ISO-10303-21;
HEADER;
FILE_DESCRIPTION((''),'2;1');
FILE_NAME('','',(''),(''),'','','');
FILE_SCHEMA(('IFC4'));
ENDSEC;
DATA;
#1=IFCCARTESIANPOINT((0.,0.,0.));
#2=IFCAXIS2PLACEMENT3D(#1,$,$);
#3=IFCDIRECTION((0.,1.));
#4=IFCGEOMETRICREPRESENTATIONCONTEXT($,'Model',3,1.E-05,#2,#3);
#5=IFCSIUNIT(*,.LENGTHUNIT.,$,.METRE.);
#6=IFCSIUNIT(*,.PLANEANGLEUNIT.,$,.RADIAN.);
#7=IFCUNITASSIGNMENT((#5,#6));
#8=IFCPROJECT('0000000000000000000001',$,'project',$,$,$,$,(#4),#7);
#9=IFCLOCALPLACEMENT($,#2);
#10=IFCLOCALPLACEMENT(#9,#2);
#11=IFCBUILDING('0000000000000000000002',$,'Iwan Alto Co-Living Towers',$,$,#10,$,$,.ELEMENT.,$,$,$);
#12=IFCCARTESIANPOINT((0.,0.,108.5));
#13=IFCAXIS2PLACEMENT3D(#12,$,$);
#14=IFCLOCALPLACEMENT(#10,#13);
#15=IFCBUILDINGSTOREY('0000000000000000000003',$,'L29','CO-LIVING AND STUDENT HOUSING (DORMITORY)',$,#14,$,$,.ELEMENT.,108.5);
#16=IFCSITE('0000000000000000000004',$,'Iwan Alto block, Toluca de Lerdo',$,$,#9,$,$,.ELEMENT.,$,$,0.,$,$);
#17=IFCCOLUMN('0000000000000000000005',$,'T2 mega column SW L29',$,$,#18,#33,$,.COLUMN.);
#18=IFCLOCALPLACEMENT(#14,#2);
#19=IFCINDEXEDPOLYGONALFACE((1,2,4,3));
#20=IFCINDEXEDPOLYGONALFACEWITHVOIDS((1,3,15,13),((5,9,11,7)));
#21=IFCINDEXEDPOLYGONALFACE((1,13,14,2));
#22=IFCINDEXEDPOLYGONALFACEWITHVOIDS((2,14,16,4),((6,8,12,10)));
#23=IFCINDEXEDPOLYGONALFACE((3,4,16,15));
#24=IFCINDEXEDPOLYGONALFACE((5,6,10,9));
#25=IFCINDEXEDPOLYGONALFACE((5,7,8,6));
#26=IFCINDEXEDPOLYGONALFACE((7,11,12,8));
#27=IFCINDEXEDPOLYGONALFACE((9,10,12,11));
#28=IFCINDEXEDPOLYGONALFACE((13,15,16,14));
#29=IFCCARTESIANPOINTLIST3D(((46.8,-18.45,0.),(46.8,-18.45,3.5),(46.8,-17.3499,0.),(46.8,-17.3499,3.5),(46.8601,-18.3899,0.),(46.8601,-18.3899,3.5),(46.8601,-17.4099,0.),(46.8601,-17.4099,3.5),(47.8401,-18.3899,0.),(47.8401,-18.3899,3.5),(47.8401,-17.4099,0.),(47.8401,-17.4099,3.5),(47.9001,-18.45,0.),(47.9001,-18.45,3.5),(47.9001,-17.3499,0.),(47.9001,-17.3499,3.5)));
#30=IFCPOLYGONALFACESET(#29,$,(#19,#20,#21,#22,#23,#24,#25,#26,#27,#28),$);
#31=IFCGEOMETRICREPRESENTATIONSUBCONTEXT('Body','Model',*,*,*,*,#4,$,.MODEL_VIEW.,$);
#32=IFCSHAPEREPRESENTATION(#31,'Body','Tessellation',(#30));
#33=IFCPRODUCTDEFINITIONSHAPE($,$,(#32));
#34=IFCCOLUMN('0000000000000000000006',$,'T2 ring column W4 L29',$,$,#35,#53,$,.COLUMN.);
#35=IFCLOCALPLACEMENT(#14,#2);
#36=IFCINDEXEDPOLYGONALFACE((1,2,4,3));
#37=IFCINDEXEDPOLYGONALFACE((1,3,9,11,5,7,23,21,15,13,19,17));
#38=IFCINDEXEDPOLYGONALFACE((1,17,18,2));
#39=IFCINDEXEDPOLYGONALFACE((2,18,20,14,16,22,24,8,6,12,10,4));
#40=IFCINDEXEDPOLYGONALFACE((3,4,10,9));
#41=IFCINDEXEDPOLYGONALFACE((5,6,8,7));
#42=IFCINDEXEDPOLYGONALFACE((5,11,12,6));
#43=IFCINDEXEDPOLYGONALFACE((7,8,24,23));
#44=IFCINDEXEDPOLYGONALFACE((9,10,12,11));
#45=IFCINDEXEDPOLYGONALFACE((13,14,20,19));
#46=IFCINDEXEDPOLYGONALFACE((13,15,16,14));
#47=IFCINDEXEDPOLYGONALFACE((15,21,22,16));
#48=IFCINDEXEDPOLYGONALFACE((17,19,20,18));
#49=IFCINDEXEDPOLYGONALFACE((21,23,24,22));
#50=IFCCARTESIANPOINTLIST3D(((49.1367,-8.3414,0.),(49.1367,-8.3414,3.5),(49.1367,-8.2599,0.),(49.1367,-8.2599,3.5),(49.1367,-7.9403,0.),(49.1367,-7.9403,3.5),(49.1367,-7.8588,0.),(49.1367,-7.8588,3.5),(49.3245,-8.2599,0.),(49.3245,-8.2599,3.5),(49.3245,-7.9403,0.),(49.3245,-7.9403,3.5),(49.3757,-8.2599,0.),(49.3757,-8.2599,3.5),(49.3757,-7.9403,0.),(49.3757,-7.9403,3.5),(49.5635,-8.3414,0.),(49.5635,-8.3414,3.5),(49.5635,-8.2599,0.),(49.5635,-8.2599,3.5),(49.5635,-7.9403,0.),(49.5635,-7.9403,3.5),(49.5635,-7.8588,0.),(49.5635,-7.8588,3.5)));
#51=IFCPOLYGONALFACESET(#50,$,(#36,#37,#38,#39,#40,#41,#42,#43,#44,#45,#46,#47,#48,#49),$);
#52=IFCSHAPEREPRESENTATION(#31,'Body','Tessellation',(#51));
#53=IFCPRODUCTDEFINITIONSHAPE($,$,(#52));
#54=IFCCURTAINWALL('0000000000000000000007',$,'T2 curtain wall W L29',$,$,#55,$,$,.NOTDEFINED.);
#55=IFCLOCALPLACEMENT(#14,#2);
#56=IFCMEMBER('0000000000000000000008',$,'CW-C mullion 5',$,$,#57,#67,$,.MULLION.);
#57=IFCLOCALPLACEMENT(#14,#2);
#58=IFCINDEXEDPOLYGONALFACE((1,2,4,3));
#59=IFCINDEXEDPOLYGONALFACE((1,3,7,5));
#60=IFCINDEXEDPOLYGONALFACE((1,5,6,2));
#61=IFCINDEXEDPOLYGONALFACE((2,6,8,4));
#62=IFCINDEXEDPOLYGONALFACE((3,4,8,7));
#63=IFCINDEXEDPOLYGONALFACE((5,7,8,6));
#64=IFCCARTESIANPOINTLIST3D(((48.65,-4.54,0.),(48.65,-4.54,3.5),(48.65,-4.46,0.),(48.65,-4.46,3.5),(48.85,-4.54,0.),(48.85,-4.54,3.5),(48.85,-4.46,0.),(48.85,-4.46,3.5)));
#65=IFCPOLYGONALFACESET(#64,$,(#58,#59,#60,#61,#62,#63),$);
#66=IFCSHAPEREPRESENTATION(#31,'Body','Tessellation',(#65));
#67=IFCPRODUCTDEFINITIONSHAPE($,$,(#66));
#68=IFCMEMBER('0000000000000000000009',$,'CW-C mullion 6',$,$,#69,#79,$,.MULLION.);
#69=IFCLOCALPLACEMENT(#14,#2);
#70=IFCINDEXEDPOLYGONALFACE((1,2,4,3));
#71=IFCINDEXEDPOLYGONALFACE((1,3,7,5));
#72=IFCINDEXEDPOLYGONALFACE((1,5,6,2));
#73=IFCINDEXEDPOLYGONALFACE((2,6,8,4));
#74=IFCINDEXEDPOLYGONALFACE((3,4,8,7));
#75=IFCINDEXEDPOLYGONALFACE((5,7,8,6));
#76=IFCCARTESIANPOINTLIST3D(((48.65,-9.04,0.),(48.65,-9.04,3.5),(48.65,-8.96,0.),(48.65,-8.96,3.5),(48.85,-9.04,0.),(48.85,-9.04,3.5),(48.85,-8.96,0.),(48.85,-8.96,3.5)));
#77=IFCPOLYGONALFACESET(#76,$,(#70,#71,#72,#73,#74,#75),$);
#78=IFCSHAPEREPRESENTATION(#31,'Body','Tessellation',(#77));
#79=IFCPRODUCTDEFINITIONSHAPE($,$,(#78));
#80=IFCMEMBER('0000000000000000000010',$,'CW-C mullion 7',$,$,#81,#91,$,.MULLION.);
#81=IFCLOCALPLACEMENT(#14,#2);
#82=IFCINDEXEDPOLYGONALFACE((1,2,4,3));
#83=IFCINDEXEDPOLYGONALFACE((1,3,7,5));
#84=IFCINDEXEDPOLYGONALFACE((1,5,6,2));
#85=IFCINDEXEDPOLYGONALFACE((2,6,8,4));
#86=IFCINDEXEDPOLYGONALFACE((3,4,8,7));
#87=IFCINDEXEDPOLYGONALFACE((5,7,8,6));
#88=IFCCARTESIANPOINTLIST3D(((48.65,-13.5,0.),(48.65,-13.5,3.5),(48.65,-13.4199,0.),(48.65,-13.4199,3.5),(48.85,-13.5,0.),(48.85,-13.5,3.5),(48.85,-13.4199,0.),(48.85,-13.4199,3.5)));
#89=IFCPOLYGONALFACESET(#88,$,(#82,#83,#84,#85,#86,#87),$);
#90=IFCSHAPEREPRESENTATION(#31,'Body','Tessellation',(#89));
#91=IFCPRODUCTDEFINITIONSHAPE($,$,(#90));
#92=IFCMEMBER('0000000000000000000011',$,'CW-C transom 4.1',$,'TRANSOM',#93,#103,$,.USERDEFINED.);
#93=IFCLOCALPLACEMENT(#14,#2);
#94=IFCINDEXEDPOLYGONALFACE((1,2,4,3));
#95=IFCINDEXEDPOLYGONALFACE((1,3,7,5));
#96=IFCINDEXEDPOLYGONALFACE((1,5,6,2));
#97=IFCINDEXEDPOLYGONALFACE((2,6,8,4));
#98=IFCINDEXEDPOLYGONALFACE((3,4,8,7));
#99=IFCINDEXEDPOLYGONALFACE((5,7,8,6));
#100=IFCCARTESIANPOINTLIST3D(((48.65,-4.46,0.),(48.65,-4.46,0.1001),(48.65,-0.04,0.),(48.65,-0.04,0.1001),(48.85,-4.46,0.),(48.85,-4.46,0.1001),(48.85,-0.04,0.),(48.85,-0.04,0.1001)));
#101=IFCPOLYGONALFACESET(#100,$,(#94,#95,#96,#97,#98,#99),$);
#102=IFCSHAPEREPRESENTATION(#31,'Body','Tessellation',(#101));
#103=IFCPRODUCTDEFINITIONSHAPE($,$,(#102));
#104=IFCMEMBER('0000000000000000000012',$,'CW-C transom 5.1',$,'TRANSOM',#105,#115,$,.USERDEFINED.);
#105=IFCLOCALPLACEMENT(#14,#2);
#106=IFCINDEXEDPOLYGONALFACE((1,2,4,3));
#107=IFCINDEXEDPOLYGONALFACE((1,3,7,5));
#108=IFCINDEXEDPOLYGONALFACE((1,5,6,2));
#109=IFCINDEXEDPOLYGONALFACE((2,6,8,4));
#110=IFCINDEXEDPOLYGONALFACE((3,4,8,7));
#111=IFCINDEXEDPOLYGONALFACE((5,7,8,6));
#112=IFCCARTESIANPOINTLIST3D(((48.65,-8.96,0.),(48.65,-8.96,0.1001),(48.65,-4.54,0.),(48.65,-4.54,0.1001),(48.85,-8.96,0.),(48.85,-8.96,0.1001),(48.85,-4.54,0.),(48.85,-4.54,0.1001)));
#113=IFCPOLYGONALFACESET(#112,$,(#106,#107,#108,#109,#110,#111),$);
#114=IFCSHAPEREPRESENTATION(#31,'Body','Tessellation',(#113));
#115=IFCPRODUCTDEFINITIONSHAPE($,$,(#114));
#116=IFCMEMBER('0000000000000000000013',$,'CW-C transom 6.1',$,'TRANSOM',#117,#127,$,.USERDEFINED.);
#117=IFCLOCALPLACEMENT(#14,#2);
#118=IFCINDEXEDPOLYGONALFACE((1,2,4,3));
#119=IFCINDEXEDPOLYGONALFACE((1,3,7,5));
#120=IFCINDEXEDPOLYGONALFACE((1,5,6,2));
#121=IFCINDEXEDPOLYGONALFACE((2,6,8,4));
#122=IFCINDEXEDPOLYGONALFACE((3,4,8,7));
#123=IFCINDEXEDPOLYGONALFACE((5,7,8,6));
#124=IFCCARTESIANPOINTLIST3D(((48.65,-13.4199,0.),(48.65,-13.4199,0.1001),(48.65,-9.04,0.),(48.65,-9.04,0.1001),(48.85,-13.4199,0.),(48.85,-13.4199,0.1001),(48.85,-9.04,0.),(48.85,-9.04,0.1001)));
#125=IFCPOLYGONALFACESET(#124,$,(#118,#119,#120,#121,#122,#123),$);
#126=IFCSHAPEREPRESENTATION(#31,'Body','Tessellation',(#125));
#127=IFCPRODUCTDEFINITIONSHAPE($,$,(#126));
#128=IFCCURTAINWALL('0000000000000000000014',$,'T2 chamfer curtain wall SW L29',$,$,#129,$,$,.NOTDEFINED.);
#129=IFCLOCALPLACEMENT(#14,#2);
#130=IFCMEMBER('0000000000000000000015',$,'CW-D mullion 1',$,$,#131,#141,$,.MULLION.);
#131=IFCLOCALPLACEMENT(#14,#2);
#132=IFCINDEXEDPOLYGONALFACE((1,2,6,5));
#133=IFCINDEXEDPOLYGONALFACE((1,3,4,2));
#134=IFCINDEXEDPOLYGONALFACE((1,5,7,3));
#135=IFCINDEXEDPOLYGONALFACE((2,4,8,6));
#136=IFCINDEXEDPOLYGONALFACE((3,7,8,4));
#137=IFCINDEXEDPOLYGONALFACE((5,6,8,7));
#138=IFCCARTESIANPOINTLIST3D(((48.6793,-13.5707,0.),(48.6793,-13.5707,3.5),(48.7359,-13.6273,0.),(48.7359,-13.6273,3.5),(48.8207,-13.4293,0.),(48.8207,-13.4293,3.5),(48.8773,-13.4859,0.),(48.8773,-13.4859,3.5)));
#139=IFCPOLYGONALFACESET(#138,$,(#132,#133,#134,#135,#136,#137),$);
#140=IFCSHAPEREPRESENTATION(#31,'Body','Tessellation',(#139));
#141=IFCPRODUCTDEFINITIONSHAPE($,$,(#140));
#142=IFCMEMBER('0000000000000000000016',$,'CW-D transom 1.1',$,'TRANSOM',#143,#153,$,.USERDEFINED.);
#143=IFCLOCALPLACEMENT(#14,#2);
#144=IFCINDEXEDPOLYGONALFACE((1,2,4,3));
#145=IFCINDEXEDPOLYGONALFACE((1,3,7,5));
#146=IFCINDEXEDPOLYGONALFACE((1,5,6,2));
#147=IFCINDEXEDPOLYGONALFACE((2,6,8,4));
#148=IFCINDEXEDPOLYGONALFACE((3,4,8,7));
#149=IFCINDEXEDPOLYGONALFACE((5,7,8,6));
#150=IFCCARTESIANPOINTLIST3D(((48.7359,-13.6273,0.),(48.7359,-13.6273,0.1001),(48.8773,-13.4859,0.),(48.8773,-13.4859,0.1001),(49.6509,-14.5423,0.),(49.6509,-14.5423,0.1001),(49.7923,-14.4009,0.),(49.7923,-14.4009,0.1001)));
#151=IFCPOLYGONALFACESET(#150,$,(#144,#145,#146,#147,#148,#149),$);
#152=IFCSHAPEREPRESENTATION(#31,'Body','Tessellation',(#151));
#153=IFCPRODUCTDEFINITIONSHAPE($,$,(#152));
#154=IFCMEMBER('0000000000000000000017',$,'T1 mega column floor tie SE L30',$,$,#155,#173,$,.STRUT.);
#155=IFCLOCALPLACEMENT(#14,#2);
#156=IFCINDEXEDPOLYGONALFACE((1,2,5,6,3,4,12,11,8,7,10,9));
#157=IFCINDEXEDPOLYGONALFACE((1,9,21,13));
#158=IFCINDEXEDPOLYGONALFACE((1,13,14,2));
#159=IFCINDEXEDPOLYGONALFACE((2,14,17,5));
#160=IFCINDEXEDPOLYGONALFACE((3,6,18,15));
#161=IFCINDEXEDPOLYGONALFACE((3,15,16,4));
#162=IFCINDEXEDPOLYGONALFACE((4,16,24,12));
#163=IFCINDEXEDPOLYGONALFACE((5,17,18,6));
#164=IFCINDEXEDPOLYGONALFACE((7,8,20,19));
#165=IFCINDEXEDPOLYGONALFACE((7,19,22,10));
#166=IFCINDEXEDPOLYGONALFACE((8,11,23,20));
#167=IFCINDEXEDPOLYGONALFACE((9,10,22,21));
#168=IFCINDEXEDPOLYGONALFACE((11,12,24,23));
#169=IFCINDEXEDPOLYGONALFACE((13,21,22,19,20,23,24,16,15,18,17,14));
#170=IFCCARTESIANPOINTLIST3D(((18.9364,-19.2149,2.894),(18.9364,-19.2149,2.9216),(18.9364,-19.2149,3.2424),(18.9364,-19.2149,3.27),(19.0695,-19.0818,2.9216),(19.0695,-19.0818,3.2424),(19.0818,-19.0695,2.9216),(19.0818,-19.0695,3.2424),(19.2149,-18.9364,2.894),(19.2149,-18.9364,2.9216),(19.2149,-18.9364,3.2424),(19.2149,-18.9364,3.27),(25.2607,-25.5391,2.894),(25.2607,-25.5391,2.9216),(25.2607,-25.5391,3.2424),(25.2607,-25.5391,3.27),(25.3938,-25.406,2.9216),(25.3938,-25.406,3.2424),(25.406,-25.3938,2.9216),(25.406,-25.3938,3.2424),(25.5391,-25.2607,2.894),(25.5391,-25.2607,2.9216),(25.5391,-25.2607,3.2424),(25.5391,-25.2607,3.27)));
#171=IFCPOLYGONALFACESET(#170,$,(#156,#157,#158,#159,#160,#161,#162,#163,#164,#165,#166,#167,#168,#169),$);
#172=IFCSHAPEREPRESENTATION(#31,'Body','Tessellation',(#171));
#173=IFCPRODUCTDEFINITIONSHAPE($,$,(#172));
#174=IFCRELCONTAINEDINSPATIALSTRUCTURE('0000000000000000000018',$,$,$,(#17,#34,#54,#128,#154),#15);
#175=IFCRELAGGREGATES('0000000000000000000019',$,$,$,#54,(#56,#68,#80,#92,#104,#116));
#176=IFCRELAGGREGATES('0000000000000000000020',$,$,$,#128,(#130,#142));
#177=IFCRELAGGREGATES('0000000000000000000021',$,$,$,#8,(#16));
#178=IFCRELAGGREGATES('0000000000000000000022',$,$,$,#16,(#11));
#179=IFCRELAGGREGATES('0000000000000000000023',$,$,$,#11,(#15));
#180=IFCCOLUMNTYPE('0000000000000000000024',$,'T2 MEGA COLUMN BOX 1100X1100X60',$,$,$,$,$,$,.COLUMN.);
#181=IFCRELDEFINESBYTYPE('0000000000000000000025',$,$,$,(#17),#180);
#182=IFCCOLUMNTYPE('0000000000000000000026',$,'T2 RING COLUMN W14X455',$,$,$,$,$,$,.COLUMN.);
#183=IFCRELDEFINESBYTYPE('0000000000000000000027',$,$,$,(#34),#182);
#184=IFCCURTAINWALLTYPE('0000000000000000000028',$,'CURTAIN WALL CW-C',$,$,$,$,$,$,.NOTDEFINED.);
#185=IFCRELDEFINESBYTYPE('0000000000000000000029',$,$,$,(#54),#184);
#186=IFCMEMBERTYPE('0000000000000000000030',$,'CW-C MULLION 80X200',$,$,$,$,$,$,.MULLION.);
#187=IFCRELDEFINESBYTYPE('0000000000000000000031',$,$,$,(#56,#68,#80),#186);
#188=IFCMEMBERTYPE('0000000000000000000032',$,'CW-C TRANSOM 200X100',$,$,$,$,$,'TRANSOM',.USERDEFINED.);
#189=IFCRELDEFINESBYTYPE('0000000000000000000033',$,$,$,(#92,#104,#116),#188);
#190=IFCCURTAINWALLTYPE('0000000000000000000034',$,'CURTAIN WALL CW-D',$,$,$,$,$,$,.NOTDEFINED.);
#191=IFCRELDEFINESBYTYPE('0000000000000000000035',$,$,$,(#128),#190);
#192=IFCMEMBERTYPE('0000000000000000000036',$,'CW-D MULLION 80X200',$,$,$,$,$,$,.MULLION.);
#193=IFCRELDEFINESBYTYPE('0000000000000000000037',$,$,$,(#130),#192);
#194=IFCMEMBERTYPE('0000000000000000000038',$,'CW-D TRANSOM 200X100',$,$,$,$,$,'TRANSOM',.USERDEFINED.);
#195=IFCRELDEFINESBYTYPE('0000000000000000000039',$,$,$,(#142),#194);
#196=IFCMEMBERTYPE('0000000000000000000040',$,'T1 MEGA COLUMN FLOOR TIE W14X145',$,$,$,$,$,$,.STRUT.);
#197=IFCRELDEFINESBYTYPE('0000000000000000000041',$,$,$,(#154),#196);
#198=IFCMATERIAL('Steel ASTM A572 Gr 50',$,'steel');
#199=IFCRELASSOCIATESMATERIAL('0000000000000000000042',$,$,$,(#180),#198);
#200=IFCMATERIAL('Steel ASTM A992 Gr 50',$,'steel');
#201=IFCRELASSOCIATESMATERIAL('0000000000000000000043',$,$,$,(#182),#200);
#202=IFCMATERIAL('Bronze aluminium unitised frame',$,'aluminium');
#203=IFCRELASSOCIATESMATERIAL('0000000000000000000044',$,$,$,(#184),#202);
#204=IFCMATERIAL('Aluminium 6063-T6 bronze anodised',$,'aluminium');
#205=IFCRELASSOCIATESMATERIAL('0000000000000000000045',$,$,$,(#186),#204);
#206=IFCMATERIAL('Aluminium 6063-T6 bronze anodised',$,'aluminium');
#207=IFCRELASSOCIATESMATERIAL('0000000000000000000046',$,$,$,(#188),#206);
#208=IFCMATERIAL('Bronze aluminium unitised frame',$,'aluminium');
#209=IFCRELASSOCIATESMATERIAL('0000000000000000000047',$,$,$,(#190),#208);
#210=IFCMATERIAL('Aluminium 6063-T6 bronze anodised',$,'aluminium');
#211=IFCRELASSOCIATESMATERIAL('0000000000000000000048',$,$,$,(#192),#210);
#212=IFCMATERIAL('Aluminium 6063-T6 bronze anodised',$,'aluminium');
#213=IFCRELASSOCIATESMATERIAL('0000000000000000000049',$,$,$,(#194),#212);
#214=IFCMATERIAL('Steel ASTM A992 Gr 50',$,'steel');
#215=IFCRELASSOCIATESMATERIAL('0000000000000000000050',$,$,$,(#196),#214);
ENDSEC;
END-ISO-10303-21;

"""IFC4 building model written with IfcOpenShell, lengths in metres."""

from ifc_helpers import new_model, si_unit, direction, frame, origin, origin_2d, place, context, subcontext, project, spatial, rectangle, hollow_rectangle, i_section, extrude, material, material_profile, profile_set, type_object, element, aggregate, save


model = new_model("IFC4")

# Units and contexts
model_context = context("Model", 3, precision=1e-05, world=origin(), true_north=direction((0.0, 1.0)))
body_context = subcontext(model_context, "Body", "Model", "MODEL_VIEW")
ifc_project = project(units=[si_unit("LENGTHUNIT", "METRE"), si_unit("PLANEANGLEUNIT", "RADIAN")], contexts=[model_context])

# Site, building, storey
site_placement = place(None, origin())
site = spatial("IfcSite", under=ifc_project, at=site_placement, Name="Iwan Alto block, Toluca de Lerdo", CompositionType="ELEMENT", RefElevation=0.0)
building_placement = place(site_placement, origin())
building = spatial("IfcBuilding", under=site, at=building_placement, Name="Iwan Alto Co-Living Towers", CompositionType="ELEMENT")
storey_placement = place(building_placement, frame((0.0, 0.0, 108.5)))
storey = spatial("IfcBuildingStorey", under=building, at=storey_placement, Name="L29", Description="CO-LIVING AND STUDENT HOUSING (DORMITORY)", CompositionType="ELEMENT", Elevation=108.5)

# Columns
ifc_material_1 = material(Name="Steel ASTM A572 Gr 50", Category="steel")
ifc_material_profile_1 = material_profile(ifc_material_1, hollow_rectangle(XDim=1.1001, YDim=1.1001, WallThickness=0.0601, at=origin_2d()), Name="BOX 1100X1100X60")
ifc_profile_set_1 = profile_set([ifc_material_profile_1], Name="Steel ASTM A572 Gr 50")
column_type_1 = type_object("IfcColumnType", Name="T2 MEGA COLUMN BOX 1100X1100X60", PredefinedType="COLUMN", material=ifc_profile_set_1)
column_1_placement = place(storey_placement, frame((47.3501, -17.8999, 0.0), z_axis=(0.0, 0.0, 1.0), x_axis=(1.0, 0.0, 0.0)))
element("IfcColumn", 1, at=column_1_placement, inside=storey, type_object=column_type_1, Name="T2 mega column SW L29", PredefinedType="COLUMN", context=body_context, shape_type="SweptSolid", body=[
    extrude(hollow_rectangle(XDim=1.1001, YDim=1.1001, WallThickness=0.0601, at=origin_2d()), origin(), (0.0, 0.0, 1.0), 3.5),
])
ifc_material_2 = material(Name="Steel ASTM A992 Gr 50", Category="steel")
ifc_material_profile_2 = material_profile(ifc_material_2, i_section(OverallWidth=0.4268, OverallDepth=0.4827, WebThickness=0.0513, FlangeThickness=0.0815, at=origin_2d()), Name="W14X455")
ifc_profile_set_2 = profile_set([ifc_material_profile_2], Name="Steel ASTM A992 Gr 50")
column_type_2 = type_object("IfcColumnType", Name="T2 RING COLUMN W14X455", PredefinedType="COLUMN", material=ifc_profile_set_2)
column_2_placement = place(storey_placement, frame((49.3501, -8.1001, 0.0), z_axis=(0.0, 0.0, 1.0), x_axis=(1.0, 0.0, 0.0)))
element("IfcColumn", 2, at=column_2_placement, inside=storey, type_object=column_type_2, Name="T2 ring column W4 L29", PredefinedType="COLUMN", context=body_context, shape_type="SweptSolid", body=[
    extrude(i_section(OverallWidth=0.4268, OverallDepth=0.4827, WebThickness=0.0513, FlangeThickness=0.0815, at=origin_2d()), origin(), (0.0, 0.0, 1.0), 3.5),
])

# Curtain walls, members
ifc_material_3 = material(Name="Bronze aluminium unitised frame", Category="aluminium")
curtain_wall_type_1 = type_object("IfcCurtainWallType", Name="CURTAIN WALL CW-C", PredefinedType="NOTDEFINED", material=ifc_material_3)
curtain_wall_1_placement = place(storey_placement, origin())
curtain_wall_1 = element("IfcCurtainWall", 3, at=curtain_wall_1_placement, inside=storey, type_object=curtain_wall_type_1, Name="T2 curtain wall W L29", PredefinedType="NOTDEFINED")
ifc_material_4 = material(Name="Aluminium 6063-T6 bronze anodised", Category="aluminium")
ifc_material_profile_3 = material_profile(ifc_material_4, rectangle(XDim=0.2, YDim=0.0801, at=origin_2d()), Name="AL 80X200")
ifc_profile_set_3 = profile_set([ifc_material_profile_3], Name="Aluminium 6063-T6 bronze anodised")
member_type_1 = type_object("IfcMemberType", Name="CW-C MULLION 80X200", PredefinedType="MULLION", material=ifc_profile_set_3)
member_1_placement = place(storey_placement, frame((48.75, -4.5, 0.0), z_axis=(0.0, 0.0, 1.0), x_axis=(1.0, 0.0, 0.0)))
member_1 = element("IfcMember", 4, at=member_1_placement, type_object=member_type_1, Name="CW-C mullion 5", PredefinedType="MULLION", context=body_context, shape_type="SweptSolid", body=[
    extrude(rectangle(XDim=0.2, YDim=0.0801, at=origin_2d()), origin(), (0.0, 0.0, 1.0), 3.5),
])
member_2_placement = place(storey_placement, frame((48.75, -9.0, 0.0), z_axis=(0.0, 0.0, 1.0), x_axis=(1.0, 0.0, 0.0)))
member_2 = element("IfcMember", 5, at=member_2_placement, type_object=member_type_1, Name="CW-C mullion 6", PredefinedType="MULLION", context=body_context, shape_type="SweptSolid", body=[
    extrude(rectangle(XDim=0.2, YDim=0.0801, at=origin_2d()), origin(), (0.0, 0.0, 1.0), 3.5),
])
member_3_placement = place(storey_placement, frame((48.75, -13.46, 0.0), z_axis=(0.0, 0.0, 1.0), x_axis=(1.0, 0.0, 0.0)))
member_3 = element("IfcMember", 6, at=member_3_placement, type_object=member_type_1, Name="CW-C mullion 7", PredefinedType="MULLION", context=body_context, shape_type="SweptSolid", body=[
    extrude(rectangle(XDim=0.2, YDim=0.0801, at=origin_2d()), origin(), (0.0, 0.0, 1.0), 3.5),
])
ifc_material_5 = material(Name="Aluminium 6063-T6 bronze anodised", Category="aluminium")
ifc_material_profile_4 = material_profile(ifc_material_5, rectangle(XDim=0.2, YDim=0.1001, at=origin_2d()), Name="AL 200X100")
ifc_profile_set_4 = profile_set([ifc_material_profile_4], Name="Aluminium 6063-T6 bronze anodised")
member_type_2 = type_object("IfcMemberType", Name="CW-C TRANSOM 200X100", ElementType="TRANSOM", PredefinedType="USERDEFINED", material=ifc_profile_set_4)
member_4_placement = place(storey_placement, frame((48.75, -0.04, 0.05), z_axis=(0.0, -1.0, 0.0), x_axis=(1.0, 0.0, 0.0)))
member_4 = element("IfcMember", 7, at=member_4_placement, type_object=member_type_2, Name="CW-C transom 4.1", ObjectType="TRANSOM", PredefinedType="USERDEFINED", context=body_context, shape_type="SweptSolid", body=[
    extrude(rectangle(XDim=0.2, YDim=0.1001, at=origin_2d()), origin(), (0.0, 0.0, 1.0), 4.4199),
])
member_5_placement = place(storey_placement, frame((48.75, -4.54, 0.05), z_axis=(0.0, -1.0, 0.0), x_axis=(1.0, 0.0, 0.0)))
member_5 = element("IfcMember", 8, at=member_5_placement, type_object=member_type_2, Name="CW-C transom 5.1", ObjectType="TRANSOM", PredefinedType="USERDEFINED", context=body_context, shape_type="SweptSolid", body=[
    extrude(rectangle(XDim=0.2, YDim=0.1001, at=origin_2d()), origin(), (0.0, 0.0, 1.0), 4.4199),
])
member_6_placement = place(storey_placement, frame((48.75, -9.04, 0.05), z_axis=(0.0, -1.0, 0.0), x_axis=(1.0, 0.0, 0.0)))
member_6 = element("IfcMember", 9, at=member_6_placement, type_object=member_type_2, Name="CW-C transom 6.1", ObjectType="TRANSOM", PredefinedType="USERDEFINED", context=body_context, shape_type="SweptSolid", body=[
    extrude(rectangle(XDim=0.2, YDim=0.1001, at=origin_2d()), origin(), (0.0, 0.0, 1.0), 4.3799),
])
ifc_material_6 = material(Name="Bronze aluminium unitised frame", Category="aluminium")
curtain_wall_type_2 = type_object("IfcCurtainWallType", Name="CURTAIN WALL CW-D", PredefinedType="NOTDEFINED", material=ifc_material_6)
curtain_wall_2_placement = place(storey_placement, origin())
curtain_wall_2 = element("IfcCurtainWall", 10, at=curtain_wall_2_placement, inside=storey, type_object=curtain_wall_type_2, Name="T2 chamfer curtain wall SW L29", PredefinedType="NOTDEFINED")
ifc_material_7 = material(Name="Aluminium 6063-T6 bronze anodised", Category="aluminium")
ifc_material_profile_5 = material_profile(ifc_material_7, rectangle(XDim=0.2, YDim=0.0801, at=origin_2d()), Name="AL 80X200")
ifc_profile_set_5 = profile_set([ifc_material_profile_5], Name="Aluminium 6063-T6 bronze anodised")
member_type_3 = type_object("IfcMemberType", Name="CW-D MULLION 80X200", PredefinedType="MULLION", material=ifc_profile_set_5)
member_7_placement = place(storey_placement, frame((48.7783, -13.5283, 0.0), z_axis=(0.0, 0.0, 1.0), x_axis=(0.707107, 0.707107, 0.0)))
member_7 = element("IfcMember", 11, at=member_7_placement, type_object=member_type_3, Name="CW-D mullion 1", PredefinedType="MULLION", context=body_context, shape_type="SweptSolid", body=[
    extrude(rectangle(XDim=0.2, YDim=0.0801, at=origin_2d()), origin(), (0.0, 0.0, 1.0), 3.5),
])
ifc_material_8 = material(Name="Aluminium 6063-T6 bronze anodised", Category="aluminium")
ifc_material_profile_6 = material_profile(ifc_material_8, rectangle(XDim=0.2, YDim=0.1001, at=origin_2d()), Name="AL 200X100")
ifc_profile_set_6 = profile_set([ifc_material_profile_6], Name="Aluminium 6063-T6 bronze anodised")
member_type_4 = type_object("IfcMemberType", Name="CW-D TRANSOM 200X100", ElementType="TRANSOM", PredefinedType="USERDEFINED", material=ifc_profile_set_6)
member_8_placement = place(storey_placement, frame((48.8066, -13.5566, 0.05), z_axis=(0.707107, -0.707107, 0.0), x_axis=(0.707107, 0.707107, 0.0)))
member_8 = element("IfcMember", 12, at=member_8_placement, type_object=member_type_4, Name="CW-D transom 1.1", ObjectType="TRANSOM", PredefinedType="USERDEFINED", context=body_context, shape_type="SweptSolid", body=[
    extrude(rectangle(XDim=0.2, YDim=0.1001, at=origin_2d()), origin(), (0.0, 0.0, 1.0), 1.2939),
])

# Member
ifc_material_9 = material(Name="Steel ASTM A992 Gr 50", Category="steel")
ifc_material_profile_7 = material_profile(ifc_material_9, i_section(OverallWidth=0.3938, OverallDepth=0.376, WebThickness=0.0173, FlangeThickness=0.0276, at=origin_2d()), Name="W14X145")
ifc_profile_set_7 = profile_set([ifc_material_profile_7], Name="Steel ASTM A992 Gr 50")
member_type_5 = type_object("IfcMemberType", Name="T1 MEGA COLUMN FLOOR TIE W14X145", PredefinedType="STRUT", material=ifc_profile_set_7)
member_9_placement = place(storey_placement, frame((25.3999, -25.3999, 3.082), z_axis=(-0.707107, 0.707107, 0.0), x_axis=(-0.707107, -0.707107, 0.0)))
element("IfcMember", 13, at=member_9_placement, inside=storey, type_object=member_type_5, Name="T1 mega column floor tie SE L30", PredefinedType="STRUT", context=body_context, shape_type="SweptSolid", body=[
    extrude(i_section(OverallWidth=0.3938, OverallDepth=0.376, WebThickness=0.0173, FlangeThickness=0.0276, at=origin_2d()), origin(), (0.0, 0.0, 1.0), 8.9438),
])

aggregate(curtain_wall_1, [member_1, member_2, member_3, member_4, member_5, member_6])
aggregate(curtain_wall_2, [member_7, member_8])

save(model, "model.ifc")
